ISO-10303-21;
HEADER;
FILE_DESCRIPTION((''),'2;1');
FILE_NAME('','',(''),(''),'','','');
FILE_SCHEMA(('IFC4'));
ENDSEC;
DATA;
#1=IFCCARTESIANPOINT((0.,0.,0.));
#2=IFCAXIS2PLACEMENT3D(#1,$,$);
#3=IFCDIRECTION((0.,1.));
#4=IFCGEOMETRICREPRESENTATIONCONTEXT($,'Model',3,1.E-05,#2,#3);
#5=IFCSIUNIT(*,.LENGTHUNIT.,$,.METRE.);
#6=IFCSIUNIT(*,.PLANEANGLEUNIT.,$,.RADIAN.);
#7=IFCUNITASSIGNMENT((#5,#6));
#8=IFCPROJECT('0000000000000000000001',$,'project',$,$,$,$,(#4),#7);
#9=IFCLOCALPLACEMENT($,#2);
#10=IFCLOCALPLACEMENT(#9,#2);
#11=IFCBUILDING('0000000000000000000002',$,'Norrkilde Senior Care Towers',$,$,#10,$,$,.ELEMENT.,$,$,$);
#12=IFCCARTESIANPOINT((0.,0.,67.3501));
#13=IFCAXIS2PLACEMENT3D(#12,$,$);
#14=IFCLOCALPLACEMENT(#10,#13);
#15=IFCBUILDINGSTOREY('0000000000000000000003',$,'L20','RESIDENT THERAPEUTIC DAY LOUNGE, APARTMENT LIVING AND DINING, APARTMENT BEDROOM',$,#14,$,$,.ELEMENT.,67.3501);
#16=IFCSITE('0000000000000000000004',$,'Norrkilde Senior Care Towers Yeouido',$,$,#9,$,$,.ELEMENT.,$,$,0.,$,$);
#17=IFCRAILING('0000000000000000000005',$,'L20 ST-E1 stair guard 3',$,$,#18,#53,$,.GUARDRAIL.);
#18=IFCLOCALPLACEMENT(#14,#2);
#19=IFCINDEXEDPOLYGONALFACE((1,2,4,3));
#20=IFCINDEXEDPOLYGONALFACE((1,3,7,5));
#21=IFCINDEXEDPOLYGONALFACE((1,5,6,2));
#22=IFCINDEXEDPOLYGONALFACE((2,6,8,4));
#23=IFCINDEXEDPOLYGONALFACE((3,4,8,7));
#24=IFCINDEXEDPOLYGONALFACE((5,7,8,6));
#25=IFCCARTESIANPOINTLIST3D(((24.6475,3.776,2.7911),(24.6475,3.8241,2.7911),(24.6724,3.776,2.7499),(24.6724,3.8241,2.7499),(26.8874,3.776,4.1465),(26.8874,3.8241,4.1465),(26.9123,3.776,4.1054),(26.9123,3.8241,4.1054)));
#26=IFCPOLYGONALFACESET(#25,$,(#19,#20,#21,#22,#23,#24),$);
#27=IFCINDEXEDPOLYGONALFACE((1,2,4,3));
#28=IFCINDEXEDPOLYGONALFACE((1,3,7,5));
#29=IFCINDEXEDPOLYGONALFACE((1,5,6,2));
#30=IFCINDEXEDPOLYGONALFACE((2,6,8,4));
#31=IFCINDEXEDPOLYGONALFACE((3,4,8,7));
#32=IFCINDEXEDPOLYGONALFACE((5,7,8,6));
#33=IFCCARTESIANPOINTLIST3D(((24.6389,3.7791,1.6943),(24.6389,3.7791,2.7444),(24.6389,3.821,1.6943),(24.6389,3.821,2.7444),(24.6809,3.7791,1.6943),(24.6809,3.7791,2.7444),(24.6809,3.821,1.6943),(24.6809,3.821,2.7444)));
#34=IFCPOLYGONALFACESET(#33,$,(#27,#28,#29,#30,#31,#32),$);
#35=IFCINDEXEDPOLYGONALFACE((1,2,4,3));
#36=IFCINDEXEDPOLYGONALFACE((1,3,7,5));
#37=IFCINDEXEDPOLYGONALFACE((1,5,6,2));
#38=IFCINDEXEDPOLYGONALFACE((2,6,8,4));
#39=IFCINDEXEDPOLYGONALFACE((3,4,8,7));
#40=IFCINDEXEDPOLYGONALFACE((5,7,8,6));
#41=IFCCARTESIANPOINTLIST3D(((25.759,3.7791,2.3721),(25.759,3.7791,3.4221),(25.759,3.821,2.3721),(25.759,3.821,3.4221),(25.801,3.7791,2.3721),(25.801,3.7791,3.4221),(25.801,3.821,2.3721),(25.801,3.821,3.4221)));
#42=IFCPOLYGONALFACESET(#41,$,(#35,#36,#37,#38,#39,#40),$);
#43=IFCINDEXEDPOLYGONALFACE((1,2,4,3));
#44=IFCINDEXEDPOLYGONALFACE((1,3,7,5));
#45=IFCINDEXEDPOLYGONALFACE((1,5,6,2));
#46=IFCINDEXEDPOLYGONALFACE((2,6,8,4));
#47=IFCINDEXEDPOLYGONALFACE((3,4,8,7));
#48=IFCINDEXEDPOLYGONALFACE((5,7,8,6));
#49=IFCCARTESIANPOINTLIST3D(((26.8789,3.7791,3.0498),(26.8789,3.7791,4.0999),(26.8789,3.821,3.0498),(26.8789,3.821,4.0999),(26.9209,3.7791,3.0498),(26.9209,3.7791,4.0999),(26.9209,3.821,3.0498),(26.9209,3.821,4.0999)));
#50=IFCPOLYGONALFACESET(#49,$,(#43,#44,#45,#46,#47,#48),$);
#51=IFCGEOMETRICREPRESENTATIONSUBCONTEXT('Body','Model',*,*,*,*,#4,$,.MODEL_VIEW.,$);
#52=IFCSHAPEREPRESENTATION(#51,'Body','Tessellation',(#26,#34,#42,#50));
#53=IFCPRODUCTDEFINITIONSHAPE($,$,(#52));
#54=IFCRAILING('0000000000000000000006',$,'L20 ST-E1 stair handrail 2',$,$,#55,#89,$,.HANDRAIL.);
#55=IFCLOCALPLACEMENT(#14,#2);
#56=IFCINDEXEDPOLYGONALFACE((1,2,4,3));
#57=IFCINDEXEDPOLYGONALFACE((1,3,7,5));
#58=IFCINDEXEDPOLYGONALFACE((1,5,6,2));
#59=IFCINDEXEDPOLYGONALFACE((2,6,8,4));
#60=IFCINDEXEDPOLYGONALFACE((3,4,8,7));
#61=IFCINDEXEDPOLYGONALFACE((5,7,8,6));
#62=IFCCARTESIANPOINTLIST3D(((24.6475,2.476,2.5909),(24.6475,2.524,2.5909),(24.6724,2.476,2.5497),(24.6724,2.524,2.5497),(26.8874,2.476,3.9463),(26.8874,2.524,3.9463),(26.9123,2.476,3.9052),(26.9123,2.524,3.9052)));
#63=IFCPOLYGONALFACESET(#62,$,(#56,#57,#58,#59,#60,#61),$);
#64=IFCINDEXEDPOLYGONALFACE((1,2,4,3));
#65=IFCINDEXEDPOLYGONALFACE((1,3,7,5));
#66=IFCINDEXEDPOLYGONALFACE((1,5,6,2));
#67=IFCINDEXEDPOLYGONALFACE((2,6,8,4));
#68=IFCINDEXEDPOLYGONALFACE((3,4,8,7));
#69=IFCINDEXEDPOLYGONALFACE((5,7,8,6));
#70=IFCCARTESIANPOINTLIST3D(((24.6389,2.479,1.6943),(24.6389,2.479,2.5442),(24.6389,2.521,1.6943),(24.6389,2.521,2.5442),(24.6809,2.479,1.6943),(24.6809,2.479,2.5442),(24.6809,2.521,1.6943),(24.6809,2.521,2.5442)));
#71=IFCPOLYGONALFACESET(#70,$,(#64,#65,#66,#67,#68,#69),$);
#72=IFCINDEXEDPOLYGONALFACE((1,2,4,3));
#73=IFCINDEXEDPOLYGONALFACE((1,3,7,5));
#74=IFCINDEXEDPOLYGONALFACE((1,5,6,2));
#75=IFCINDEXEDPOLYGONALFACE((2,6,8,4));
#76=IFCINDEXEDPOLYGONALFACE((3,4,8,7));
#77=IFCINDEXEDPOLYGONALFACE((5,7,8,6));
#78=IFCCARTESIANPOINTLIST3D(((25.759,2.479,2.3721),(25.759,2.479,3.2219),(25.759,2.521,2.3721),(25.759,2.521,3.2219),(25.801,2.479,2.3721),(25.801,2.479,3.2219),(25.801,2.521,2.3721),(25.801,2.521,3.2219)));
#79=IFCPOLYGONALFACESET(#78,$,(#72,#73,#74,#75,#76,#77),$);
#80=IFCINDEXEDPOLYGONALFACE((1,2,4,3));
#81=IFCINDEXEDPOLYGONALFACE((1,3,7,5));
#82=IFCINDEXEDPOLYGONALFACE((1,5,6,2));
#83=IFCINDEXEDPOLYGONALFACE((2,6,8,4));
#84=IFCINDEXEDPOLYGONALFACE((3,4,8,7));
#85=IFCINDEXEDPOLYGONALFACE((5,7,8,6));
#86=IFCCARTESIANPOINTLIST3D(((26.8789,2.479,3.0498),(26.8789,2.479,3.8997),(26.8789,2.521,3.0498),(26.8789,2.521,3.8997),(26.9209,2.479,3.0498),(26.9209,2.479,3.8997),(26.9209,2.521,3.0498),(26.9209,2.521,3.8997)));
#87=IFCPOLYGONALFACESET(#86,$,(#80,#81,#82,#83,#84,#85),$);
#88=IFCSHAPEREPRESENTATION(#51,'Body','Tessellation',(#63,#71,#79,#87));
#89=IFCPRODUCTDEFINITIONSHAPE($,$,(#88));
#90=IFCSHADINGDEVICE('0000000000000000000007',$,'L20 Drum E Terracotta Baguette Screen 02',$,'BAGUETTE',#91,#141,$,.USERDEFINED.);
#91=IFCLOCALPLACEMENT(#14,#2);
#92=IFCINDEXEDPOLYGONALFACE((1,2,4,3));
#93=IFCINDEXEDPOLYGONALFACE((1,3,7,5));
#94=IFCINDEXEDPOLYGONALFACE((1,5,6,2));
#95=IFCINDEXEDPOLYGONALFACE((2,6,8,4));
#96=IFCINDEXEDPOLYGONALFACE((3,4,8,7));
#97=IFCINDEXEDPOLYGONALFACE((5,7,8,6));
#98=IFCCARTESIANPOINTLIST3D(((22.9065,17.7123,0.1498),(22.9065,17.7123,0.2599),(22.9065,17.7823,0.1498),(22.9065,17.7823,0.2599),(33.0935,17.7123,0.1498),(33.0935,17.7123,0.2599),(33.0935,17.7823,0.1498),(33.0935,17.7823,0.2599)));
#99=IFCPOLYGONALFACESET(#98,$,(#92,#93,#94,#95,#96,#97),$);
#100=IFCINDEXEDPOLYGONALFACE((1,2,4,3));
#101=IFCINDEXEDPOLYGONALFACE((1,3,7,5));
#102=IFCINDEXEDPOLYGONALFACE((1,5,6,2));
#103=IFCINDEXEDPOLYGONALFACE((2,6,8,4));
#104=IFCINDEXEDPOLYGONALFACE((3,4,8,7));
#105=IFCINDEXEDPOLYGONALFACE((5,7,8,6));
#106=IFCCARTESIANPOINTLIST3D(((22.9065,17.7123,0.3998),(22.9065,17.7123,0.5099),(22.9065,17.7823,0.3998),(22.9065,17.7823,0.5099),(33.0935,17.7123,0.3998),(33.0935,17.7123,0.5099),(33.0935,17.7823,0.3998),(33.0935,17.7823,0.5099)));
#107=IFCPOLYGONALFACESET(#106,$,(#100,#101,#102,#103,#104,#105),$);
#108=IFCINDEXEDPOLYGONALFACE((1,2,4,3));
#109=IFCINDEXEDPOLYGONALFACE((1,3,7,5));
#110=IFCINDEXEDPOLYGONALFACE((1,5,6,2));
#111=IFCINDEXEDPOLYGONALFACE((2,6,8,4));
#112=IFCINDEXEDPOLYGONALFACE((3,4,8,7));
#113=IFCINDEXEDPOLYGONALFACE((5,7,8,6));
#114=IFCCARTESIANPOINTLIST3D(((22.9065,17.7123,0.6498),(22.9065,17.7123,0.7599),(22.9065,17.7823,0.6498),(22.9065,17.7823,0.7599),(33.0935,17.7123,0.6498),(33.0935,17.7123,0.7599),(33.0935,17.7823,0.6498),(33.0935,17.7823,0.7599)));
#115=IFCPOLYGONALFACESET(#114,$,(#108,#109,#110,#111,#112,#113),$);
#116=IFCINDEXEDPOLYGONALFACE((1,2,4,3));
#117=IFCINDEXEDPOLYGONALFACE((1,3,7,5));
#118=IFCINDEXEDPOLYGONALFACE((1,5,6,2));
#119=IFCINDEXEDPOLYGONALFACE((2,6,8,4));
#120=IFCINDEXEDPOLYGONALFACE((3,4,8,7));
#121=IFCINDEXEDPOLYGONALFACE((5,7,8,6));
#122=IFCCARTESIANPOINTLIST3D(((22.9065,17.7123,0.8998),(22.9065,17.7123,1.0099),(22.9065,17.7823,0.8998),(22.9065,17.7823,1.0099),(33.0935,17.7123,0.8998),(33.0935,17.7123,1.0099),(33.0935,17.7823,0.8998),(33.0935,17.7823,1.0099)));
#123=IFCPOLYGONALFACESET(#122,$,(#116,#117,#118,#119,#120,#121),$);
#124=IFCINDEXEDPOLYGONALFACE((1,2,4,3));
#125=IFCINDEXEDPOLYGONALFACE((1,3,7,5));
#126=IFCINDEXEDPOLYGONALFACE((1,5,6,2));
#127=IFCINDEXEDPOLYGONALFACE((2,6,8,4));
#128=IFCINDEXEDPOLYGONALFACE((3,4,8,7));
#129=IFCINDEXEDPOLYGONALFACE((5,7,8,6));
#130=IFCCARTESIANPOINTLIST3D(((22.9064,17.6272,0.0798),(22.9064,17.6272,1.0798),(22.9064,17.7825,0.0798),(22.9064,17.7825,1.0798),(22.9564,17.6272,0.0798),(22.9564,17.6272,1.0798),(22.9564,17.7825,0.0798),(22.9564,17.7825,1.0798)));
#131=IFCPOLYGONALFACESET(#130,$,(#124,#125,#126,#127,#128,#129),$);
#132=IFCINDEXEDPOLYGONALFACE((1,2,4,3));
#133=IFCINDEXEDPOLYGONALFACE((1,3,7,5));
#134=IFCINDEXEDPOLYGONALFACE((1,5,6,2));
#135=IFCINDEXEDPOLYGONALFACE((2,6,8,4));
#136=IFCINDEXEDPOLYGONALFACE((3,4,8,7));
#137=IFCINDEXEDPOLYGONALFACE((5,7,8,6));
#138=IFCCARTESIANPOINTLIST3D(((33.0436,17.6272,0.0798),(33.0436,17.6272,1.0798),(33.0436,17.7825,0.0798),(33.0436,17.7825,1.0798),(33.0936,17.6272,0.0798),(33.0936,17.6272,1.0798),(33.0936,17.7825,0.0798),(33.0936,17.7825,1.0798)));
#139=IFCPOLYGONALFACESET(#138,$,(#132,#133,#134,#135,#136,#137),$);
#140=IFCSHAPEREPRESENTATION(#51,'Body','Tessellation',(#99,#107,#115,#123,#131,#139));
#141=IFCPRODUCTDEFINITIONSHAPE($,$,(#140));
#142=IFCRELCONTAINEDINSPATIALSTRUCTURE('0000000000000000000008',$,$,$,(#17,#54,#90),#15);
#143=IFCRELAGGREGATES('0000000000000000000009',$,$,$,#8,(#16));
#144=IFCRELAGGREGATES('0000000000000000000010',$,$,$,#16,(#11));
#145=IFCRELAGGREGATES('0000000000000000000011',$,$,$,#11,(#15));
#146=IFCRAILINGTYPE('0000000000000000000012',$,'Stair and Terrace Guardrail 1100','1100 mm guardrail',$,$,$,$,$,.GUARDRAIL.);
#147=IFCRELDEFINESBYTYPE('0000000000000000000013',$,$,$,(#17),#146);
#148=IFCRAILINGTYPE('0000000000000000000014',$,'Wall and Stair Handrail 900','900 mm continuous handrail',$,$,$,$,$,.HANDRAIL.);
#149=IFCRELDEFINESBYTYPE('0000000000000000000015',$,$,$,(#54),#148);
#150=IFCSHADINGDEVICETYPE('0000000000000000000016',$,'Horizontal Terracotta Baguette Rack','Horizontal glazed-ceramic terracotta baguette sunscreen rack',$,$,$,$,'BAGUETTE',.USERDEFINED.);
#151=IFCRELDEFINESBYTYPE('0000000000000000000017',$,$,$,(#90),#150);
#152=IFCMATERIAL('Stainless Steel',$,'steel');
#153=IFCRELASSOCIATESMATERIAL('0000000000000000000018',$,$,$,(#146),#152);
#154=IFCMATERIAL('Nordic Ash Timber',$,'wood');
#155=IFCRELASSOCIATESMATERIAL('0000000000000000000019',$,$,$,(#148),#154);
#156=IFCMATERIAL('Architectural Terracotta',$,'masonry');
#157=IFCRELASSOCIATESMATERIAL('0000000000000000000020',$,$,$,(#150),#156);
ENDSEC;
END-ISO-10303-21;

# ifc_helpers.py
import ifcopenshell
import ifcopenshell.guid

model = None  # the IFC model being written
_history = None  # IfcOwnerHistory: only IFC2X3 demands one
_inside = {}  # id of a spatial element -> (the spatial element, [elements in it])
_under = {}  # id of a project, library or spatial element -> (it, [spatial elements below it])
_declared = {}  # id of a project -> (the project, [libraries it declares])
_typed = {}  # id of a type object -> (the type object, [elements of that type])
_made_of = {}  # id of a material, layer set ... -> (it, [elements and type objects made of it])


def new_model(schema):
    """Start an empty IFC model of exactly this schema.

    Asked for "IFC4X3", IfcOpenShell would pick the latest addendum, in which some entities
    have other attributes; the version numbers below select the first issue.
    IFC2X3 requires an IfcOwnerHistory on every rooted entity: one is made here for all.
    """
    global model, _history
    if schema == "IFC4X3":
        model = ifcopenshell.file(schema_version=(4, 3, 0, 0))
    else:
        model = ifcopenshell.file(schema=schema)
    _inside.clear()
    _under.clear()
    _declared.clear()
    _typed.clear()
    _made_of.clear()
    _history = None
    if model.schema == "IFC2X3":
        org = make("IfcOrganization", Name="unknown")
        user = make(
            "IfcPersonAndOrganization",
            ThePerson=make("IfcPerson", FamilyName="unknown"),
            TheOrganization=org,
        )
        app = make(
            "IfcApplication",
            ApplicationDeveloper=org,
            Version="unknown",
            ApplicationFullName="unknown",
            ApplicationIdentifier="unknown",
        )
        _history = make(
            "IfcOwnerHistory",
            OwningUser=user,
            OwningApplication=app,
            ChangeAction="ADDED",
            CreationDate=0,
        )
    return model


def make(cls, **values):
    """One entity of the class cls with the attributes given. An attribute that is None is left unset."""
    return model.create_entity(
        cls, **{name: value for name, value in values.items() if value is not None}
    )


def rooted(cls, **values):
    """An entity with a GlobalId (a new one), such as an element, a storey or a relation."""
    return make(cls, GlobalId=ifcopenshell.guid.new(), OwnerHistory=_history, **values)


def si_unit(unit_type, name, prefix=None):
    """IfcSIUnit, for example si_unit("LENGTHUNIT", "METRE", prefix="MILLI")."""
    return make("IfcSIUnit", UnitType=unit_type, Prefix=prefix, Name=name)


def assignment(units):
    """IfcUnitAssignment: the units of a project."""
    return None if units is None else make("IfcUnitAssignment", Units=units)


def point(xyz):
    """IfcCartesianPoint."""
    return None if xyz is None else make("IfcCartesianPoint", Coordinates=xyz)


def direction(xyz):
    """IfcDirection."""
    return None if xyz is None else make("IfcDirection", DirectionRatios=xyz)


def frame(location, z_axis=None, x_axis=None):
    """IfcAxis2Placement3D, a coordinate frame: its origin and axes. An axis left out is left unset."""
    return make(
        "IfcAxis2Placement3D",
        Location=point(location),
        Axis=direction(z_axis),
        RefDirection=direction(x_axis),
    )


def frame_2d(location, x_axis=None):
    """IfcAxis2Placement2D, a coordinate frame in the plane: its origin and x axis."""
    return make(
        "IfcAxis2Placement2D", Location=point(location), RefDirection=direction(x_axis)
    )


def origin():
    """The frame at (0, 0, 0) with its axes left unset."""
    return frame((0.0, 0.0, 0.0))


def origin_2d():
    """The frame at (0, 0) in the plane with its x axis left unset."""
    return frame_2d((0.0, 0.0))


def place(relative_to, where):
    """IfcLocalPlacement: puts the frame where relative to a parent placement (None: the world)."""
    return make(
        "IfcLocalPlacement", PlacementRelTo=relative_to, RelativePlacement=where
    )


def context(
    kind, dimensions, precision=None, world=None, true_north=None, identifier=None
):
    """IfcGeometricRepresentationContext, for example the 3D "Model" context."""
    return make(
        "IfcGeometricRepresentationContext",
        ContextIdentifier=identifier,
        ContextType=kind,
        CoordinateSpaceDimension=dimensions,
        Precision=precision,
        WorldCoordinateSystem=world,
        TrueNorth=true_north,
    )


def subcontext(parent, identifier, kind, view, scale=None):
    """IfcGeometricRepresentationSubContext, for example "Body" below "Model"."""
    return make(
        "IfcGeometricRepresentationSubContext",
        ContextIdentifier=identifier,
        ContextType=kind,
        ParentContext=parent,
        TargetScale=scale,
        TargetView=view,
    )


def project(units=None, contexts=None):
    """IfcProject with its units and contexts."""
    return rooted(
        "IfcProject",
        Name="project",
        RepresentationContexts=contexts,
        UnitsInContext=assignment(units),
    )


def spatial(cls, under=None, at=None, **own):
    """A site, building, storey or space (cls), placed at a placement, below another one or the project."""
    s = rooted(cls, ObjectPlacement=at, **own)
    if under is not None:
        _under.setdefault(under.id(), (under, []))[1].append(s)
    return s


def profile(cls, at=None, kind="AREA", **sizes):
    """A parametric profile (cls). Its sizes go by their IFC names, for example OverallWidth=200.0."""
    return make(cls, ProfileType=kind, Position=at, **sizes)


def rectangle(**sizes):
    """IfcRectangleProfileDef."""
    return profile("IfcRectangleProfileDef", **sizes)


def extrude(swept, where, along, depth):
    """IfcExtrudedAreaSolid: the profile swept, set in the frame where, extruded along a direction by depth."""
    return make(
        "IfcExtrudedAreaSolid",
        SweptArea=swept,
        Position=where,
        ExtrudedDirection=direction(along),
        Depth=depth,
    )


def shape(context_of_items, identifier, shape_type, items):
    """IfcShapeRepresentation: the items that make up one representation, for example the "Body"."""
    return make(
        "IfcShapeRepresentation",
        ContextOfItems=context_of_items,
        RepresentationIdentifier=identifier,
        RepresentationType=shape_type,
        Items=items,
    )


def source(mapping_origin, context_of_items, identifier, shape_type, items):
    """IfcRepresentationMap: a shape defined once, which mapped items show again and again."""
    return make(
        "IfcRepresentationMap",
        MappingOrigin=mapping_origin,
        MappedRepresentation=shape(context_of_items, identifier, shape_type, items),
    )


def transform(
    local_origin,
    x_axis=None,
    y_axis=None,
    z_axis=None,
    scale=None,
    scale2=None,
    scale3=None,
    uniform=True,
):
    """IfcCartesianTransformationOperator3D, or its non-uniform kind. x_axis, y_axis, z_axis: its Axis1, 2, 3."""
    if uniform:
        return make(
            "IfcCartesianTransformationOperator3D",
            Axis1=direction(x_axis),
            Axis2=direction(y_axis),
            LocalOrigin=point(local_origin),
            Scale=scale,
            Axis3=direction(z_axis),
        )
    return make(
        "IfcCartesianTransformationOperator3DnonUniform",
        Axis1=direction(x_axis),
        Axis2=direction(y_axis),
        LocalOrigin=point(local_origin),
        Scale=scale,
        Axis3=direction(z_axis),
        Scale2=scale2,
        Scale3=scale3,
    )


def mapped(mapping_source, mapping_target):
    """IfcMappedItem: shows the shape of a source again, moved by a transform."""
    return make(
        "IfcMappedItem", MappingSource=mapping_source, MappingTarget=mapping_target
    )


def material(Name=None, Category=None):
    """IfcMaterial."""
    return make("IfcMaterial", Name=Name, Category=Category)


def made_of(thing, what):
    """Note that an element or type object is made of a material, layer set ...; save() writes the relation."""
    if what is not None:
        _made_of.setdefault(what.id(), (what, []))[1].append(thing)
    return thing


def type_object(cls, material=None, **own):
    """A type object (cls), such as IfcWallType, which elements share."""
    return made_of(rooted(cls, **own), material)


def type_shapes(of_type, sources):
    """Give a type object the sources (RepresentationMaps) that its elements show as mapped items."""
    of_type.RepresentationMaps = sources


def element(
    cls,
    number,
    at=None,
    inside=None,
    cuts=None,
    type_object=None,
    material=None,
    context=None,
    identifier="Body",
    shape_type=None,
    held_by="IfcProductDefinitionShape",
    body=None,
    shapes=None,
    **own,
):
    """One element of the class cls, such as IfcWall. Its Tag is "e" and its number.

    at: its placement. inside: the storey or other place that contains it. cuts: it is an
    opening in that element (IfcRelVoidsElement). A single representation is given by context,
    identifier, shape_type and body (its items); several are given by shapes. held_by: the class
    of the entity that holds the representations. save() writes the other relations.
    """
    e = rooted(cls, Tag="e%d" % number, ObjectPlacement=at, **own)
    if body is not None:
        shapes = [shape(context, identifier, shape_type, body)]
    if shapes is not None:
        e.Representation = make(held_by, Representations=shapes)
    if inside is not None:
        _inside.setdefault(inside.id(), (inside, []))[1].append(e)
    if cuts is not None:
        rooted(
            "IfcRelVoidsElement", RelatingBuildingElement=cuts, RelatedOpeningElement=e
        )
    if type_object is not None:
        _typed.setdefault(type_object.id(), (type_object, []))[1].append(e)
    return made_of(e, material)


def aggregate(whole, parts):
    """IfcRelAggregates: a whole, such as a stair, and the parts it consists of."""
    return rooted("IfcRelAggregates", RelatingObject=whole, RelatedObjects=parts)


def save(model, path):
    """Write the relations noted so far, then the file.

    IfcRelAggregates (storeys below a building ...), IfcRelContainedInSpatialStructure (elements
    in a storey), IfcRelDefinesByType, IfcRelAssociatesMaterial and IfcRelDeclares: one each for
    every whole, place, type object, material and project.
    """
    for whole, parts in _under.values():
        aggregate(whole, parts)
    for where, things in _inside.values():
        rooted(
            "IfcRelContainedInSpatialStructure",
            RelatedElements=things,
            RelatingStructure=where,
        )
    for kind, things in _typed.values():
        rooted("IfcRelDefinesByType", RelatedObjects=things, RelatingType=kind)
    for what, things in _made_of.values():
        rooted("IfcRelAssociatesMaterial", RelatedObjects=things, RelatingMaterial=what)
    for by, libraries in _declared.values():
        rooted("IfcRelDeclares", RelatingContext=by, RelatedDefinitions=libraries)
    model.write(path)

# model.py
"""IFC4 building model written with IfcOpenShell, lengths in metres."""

from ifc_helpers import new_model, si_unit, direction, frame, origin, origin_2d, place, context, subcontext, project, spatial, rectangle, extrude, source, transform, mapped, material, type_object, type_shapes, element, save


model = new_model("IFC4")

# Units and contexts
model_context = context("Model", 3, precision=1e-05, world=origin(), true_north=direction((0.0, 1.0)))
body_context = subcontext(model_context, "Body", "Model", "MODEL_VIEW")
ifc_project = project(units=[si_unit("LENGTHUNIT", "METRE"), si_unit("PLANEANGLEUNIT", "RADIAN")], contexts=[model_context])

# Site, building, storey
site_placement = place(None, origin())
site = spatial("IfcSite", under=ifc_project, at=site_placement, Name="Norrkilde Senior Care Towers Yeouido", CompositionType="ELEMENT", RefElevation=0.0)
building_placement = place(site_placement, origin())
building = spatial("IfcBuilding", under=site, at=building_placement, Name="Norrkilde Senior Care Towers", CompositionType="ELEMENT")
storey_placement = place(building_placement, frame((0.0, 0.0, 67.3501)))
storey = spatial("IfcBuildingStorey", under=building, at=storey_placement, Name="L20", Description="RESIDENT THERAPEUTIC DAY LOUNGE, APARTMENT LIVING AND DINING, APARTMENT BEDROOM", CompositionType="ELEMENT", Elevation=67.3501)

# Shared definitions
ifc_material_1 = material(Name="Stainless Steel", Category="steel")

# Shared definitions
ifc_material_2 = material(Name="Nordic Ash Timber", Category="wood")

# Railings
railing_type_1 = type_object("IfcRailingType", Name="Stair and Terrace Guardrail 1100", Description="1100 mm guardrail", PredefinedType="GUARDRAIL", material=ifc_material_1)
railing_1_placement = place(storey_placement, frame((24.6599, 3.8, 1.6943)))
element("IfcRailing", 1, at=railing_1_placement, inside=storey, type_object=railing_type_1, Name="L20 ST-E1 stair guard 3", PredefinedType="GUARDRAIL", context=body_context, shape_type="SweptSolid", body=[
    extrude(rectangle(XDim=0.0481, YDim=0.0481, at=origin_2d()), frame((0.0, 0.0, 1.0762), z_axis=(0.855553, 0.0, 0.517715), x_axis=(0.0, 1.0, 0.0)), (0.0, 0.0, 1.0), 2.6182),
    extrude(rectangle(XDim=0.042, YDim=0.042, at=origin_2d()), origin(), (0.0, 0.0, 1.0), 1.05),
    extrude(rectangle(XDim=0.042, YDim=0.042, at=origin_2d()), frame((1.1201, 0.0, 0.6777)), (0.0, 0.0, 1.0), 1.05),
    extrude(rectangle(XDim=0.042, YDim=0.042, at=origin_2d()), frame((2.24, 0.0, 1.3555)), (0.0, 0.0, 1.0), 1.05),
])
railing_type_2 = type_object("IfcRailingType", Name="Wall and Stair Handrail 900", Description="900 mm continuous handrail", PredefinedType="HANDRAIL", material=ifc_material_2)
railing_2_placement = place(storey_placement, frame((24.6599, 2.5, 1.6943)))
element("IfcRailing", 2, at=railing_2_placement, inside=storey, type_object=railing_type_2, Name="L20 ST-E1 stair handrail 2", PredefinedType="HANDRAIL", context=body_context, shape_type="SweptSolid", body=[
    extrude(rectangle(XDim=0.0481, YDim=0.0481, at=origin_2d()), frame((0.0, 0.0, 0.876), z_axis=(0.855553, 0.0, 0.517715), x_axis=(0.0, 1.0, 0.0)), (0.0, 0.0, 1.0), 2.6182),
    extrude(rectangle(XDim=0.042, YDim=0.042, at=origin_2d()), origin(), (0.0, 0.0, 1.0), 0.8499),
    extrude(rectangle(XDim=0.042, YDim=0.042, at=origin_2d()), frame((1.1201, 0.0, 0.6777)), (0.0, 0.0, 1.0), 0.8499),
    extrude(rectangle(XDim=0.042, YDim=0.042, at=origin_2d()), frame((2.24, 0.0, 1.3555)), (0.0, 0.0, 1.0), 0.8499),
])

# Shading device
ifc_material_3 = material(Name="Architectural Terracotta", Category="masonry")
shading_device_type = type_object("IfcShadingDeviceType", Name="Horizontal Terracotta Baguette Rack", Description="Horizontal glazed-ceramic terracotta baguette sunscreen rack", ElementType="BAGUETTE", PredefinedType="USERDEFINED", material=ifc_material_3)
shared_shape_1 = source(origin(), body_context, "Body", "SweptSolid", [
    extrude(rectangle(XDim=0.0701, YDim=0.1101, at=origin_2d()), frame((0.0, 0.0901, 0.125), z_axis=(1.0, 0.0, 0.0), x_axis=(0.0, 1.0, 0.0)), (0.0, 0.0, 1.0), 10.187),
    extrude(rectangle(XDim=0.0701, YDim=0.1101, at=origin_2d()), frame((0.0, 0.0901, 0.375), z_axis=(1.0, 0.0, 0.0), x_axis=(0.0, 1.0, 0.0)), (0.0, 0.0, 1.0), 10.187),
    extrude(rectangle(XDim=0.0701, YDim=0.1101, at=origin_2d()), frame((0.0, 0.0901, 0.625), z_axis=(1.0, 0.0, 0.0), x_axis=(0.0, 1.0, 0.0)), (0.0, 0.0, 1.0), 10.187),
    extrude(rectangle(XDim=0.0701, YDim=0.1101, at=origin_2d()), frame((0.0, 0.0901, 0.875), z_axis=(1.0, 0.0, 0.0), x_axis=(0.0, 1.0, 0.0)), (0.0, 0.0, 1.0), 10.187),
    extrude(rectangle(XDim=0.05, YDim=0.1553, at=origin_2d()), frame((0.0249, 0.0476, 0.0)), (0.0, 0.0, 1.0), 1.0),
    extrude(rectangle(XDim=0.05, YDim=0.1553, at=origin_2d()), frame((10.1621, 0.0476, 0.0)), (0.0, 0.0, 1.0), 1.0),
])
type_shapes(shading_device_type, [shared_shape_1])
shading_device_placement = place(storey_placement, frame((22.9065, 17.6572, 0.0798), z_axis=(0.0, 0.0, 1.0), x_axis=(1.0, 0.0, 0.0)))
element("IfcShadingDevice", 3, at=shading_device_placement, inside=storey, type_object=shading_device_type, Name="L20 Drum E Terracotta Baguette Screen 02", ObjectType="BAGUETTE", PredefinedType="USERDEFINED", context=body_context, shape_type="MappedRepresentation", body=[
    mapped(shared_shape_1, transform((0.0, 0.0, 0.0), x_axis=(1.0, 0.0, 0.0), y_axis=(0.0, 1.0, 0.0), z_axis=(0.0, 0.0, 1.0), scale=1.0)),
])

save(model, "model.ifc")
